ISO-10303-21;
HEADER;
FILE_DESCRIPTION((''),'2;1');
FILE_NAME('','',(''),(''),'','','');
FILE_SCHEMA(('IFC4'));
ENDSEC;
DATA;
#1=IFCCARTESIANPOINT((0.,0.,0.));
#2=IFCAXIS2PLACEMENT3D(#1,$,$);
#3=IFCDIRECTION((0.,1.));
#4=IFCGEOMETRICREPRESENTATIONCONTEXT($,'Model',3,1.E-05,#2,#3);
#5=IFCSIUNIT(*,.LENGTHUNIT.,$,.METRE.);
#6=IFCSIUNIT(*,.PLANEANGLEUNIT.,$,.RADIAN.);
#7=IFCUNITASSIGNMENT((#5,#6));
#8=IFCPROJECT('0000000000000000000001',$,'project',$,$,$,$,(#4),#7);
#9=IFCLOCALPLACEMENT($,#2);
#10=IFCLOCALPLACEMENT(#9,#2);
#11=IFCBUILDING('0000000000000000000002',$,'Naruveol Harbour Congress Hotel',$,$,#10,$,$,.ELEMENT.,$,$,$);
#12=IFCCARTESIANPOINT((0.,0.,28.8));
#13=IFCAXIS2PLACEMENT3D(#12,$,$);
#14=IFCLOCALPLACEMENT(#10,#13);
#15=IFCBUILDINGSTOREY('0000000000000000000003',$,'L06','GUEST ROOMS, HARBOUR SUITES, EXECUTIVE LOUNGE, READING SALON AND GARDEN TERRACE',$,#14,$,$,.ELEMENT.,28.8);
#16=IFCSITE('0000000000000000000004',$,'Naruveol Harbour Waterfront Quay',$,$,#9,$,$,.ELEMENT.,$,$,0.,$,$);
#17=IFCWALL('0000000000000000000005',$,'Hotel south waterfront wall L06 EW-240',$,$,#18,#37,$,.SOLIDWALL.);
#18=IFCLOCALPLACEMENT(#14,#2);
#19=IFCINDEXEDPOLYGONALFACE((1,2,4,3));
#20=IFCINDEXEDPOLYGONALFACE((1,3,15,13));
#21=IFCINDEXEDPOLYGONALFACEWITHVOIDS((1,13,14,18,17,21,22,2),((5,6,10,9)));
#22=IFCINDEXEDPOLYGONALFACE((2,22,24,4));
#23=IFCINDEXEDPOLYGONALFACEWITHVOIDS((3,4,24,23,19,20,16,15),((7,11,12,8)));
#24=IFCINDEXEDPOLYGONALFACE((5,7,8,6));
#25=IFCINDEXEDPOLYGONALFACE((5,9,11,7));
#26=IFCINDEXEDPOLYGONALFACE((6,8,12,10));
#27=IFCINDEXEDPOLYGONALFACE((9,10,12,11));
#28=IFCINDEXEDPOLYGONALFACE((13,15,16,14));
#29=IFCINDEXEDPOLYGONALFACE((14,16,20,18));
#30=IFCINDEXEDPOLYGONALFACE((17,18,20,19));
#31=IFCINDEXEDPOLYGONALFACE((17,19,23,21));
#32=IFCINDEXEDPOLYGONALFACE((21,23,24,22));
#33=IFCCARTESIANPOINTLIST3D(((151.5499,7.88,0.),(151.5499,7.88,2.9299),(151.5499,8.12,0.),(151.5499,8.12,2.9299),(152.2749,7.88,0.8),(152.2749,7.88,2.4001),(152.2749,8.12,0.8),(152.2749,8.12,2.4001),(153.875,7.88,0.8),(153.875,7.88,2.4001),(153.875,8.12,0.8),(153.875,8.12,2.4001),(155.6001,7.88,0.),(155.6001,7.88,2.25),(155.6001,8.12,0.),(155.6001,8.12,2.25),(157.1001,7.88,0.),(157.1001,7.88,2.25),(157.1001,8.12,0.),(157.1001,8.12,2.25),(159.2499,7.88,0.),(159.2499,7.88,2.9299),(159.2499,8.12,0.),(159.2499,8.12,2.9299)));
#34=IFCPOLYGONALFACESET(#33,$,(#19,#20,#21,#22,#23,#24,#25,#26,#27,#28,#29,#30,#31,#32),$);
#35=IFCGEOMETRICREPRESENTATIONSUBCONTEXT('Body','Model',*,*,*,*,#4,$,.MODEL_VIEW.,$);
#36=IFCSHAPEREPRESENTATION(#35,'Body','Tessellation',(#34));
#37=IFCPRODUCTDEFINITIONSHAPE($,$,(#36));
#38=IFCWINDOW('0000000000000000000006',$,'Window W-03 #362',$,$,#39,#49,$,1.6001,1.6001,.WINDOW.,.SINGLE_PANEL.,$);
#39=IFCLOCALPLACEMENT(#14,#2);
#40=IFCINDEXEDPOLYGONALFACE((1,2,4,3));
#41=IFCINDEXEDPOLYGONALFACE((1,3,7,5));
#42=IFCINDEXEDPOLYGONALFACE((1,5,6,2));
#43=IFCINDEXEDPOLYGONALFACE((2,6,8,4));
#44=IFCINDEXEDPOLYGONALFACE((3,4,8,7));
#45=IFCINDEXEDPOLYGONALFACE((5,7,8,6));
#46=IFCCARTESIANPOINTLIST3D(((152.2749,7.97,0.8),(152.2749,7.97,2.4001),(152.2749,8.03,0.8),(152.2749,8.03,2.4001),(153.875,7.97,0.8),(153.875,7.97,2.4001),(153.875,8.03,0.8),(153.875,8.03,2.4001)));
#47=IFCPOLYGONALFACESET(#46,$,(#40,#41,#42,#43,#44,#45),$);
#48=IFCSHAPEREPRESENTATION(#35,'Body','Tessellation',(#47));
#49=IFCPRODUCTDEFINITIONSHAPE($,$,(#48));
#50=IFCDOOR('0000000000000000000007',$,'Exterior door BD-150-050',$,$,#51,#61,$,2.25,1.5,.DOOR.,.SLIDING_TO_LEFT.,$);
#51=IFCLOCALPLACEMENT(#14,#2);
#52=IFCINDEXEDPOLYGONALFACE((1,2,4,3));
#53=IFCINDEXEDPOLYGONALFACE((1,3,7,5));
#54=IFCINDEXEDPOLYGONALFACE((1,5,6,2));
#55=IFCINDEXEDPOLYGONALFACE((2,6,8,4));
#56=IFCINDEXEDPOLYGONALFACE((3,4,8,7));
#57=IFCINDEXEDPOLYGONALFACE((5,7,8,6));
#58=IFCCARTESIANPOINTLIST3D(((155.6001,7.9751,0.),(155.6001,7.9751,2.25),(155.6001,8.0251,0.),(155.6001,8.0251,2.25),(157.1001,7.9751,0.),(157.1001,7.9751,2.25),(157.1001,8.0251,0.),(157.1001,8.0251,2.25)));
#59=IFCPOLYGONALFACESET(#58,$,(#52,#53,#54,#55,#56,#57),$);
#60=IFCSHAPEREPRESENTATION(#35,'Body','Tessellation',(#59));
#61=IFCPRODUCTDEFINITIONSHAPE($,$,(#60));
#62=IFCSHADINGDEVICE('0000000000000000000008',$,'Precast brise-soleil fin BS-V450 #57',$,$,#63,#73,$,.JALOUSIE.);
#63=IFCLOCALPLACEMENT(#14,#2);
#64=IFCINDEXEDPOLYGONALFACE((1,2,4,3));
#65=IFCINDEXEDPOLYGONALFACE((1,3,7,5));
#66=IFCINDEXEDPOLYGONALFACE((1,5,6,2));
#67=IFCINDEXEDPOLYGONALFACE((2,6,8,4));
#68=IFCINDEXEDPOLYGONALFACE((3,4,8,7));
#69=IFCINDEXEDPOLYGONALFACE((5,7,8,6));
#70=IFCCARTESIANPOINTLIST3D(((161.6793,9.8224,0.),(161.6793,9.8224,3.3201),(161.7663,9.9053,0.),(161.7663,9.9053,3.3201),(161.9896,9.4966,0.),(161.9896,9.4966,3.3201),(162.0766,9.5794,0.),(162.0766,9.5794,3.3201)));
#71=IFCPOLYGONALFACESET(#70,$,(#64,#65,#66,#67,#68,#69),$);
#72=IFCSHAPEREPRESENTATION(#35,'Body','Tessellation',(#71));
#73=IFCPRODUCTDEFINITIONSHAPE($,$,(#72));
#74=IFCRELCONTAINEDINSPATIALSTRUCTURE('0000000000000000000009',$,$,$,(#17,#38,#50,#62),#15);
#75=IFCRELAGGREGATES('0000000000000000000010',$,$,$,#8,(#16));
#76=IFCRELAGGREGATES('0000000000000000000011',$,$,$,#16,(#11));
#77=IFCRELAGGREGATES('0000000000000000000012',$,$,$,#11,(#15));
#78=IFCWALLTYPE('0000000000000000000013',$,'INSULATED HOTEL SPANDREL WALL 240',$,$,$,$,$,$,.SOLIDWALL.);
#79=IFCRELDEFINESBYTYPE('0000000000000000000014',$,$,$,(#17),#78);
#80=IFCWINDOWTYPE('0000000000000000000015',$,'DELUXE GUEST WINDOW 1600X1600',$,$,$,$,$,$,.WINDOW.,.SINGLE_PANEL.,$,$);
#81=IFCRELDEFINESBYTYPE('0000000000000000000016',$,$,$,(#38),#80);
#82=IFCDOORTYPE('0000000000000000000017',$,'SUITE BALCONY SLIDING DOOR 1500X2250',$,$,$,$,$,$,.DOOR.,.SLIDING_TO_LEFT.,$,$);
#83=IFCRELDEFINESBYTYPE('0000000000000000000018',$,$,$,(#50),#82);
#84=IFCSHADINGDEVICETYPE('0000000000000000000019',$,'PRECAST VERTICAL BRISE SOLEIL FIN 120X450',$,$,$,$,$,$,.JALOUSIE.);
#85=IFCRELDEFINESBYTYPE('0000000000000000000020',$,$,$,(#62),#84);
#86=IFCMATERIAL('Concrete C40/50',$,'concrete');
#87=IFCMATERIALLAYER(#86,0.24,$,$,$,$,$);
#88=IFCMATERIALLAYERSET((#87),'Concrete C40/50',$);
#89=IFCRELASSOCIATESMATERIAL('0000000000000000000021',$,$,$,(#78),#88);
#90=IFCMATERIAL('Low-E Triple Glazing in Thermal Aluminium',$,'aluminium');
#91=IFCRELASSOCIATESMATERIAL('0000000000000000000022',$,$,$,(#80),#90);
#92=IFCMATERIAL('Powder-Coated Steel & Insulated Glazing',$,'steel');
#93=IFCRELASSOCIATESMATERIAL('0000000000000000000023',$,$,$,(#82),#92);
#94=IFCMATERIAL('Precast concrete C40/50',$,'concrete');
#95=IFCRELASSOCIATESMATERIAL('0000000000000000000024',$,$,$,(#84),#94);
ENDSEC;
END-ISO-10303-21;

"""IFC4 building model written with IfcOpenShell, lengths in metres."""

from ifc_helpers import new_model, si_unit, direction, frame, frame_2d, origin, origin_2d, place, context, subcontext, project, spatial, rectangle, extrude, material, layer, layer_set, type_object, element, fill, save


model = new_model("IFC4")

# Units and contexts
model_context = context("Model", 3, precision=1e-05, world=origin(), true_north=direction((0.0, 1.0)))
body_context = subcontext(model_context, "Body", "Model", "MODEL_VIEW")
ifc_project = project(units=[si_unit("LENGTHUNIT", "METRE"), si_unit("PLANEANGLEUNIT", "RADIAN")], contexts=[model_context])

# Site, building, storey
site_placement = place(None, origin())
site = spatial("IfcSite", under=ifc_project, at=site_placement, Name="Naruveol Harbour Waterfront Quay", CompositionType="ELEMENT", RefElevation=0.0)
building_placement = place(site_placement, origin())
building = spatial("IfcBuilding", under=site, at=building_placement, Name="Naruveol Harbour Congress Hotel", CompositionType="ELEMENT")
storey_placement = place(building_placement, frame((0.0, 0.0, 28.8)))
storey = spatial("IfcBuildingStorey", under=building, at=storey_placement, Name="L06", Description="GUEST ROOMS, HARBOUR SUITES, EXECUTIVE LOUNGE, READING SALON AND GARDEN TERRACE", CompositionType="ELEMENT", Elevation=28.8)

# Wall, openings, window, door
ifc_material_1 = material(Name="Concrete C40/50", Category="concrete")
ifc_layer_1 = layer(ifc_material_1, 0.24)
ifc_layer_set_1 = layer_set([ifc_layer_1], Name="Concrete C40/50")
wall_type_1 = type_object("IfcWallType", Name="INSULATED HOTEL SPANDREL WALL 240", PredefinedType="SOLIDWALL", material=ifc_layer_set_1)
wall_1_placement = place(storey_placement, frame((159.25, 8.0, 0.0), z_axis=(0.0, 0.0, 1.0), x_axis=(-1.0, 0.0, 0.0)))
wall_1 = element("IfcWall", 1, at=wall_1_placement, inside=storey, type_object=wall_type_1, Name="Hotel south waterfront wall L06 EW-240", PredefinedType="SOLIDWALL", context=body_context, shape_type="SweptSolid", body=[
    extrude(rectangle(XDim=7.7, YDim=0.24, at=frame_2d((3.8501, 0.0))), origin(), (0.0, 0.0, 1.0), 2.9299),
])
opening_1_placement = place(wall_1_placement, frame((2.1499, 0.0, 0.0)))
opening_1 = element("IfcOpeningElement", 2, at=opening_1_placement, cuts=wall_1, PredefinedType="OPENING", context=body_context, shape_type="SweptSolid", body=[
    extrude(rectangle(XDim=1.5, YDim=2.25, at=frame_2d((0.75, 1.125))), frame((0.0, 0.1299, 0.0), z_axis=(0.0, -1.0, 0.0), x_axis=(1.0, 0.0, 0.0)), (0.0, 0.0, 1.0), 0.26),
])
opening_2_placement = place(wall_1_placement, frame((5.375, 0.0, 0.8)))
opening_2 = element("IfcOpeningElement", 3, at=opening_2_placement, cuts=wall_1, PredefinedType="OPENING", context=body_context, shape_type="SweptSolid", body=[
    extrude(rectangle(XDim=1.6001, YDim=1.6001, at=frame_2d((0.8, 0.8))), frame((0.0, 0.1299, 0.0), z_axis=(0.0, -1.0, 0.0), x_axis=(1.0, 0.0, 0.0)), (0.0, 0.0, 1.0), 0.26),
])
ifc_material_2 = material(Name="Low-E Triple Glazing in Thermal Aluminium", Category="aluminium")
window_type = type_object("IfcWindowType", Name="DELUXE GUEST WINDOW 1600X1600", PartitioningType="SINGLE_PANEL", PredefinedType="WINDOW", material=ifc_material_2)
window_placement = place(opening_2_placement, origin())
window = element("IfcWindow", 4, at=window_placement, inside=storey, type_object=window_type, Name="Window W-03 #362", OverallHeight=1.6001, OverallWidth=1.6001, PartitioningType="SINGLE_PANEL", PredefinedType="WINDOW", context=body_context, shape_type="SweptSolid", body=[
    extrude(rectangle(XDim=1.6001, YDim=1.6001, at=frame_2d((0.8, 0.8))), frame((0.0, 0.03, 0.0), z_axis=(0.0, -1.0, 0.0), x_axis=(1.0, 0.0, 0.0)), (0.0, 0.0, 1.0), 0.0601),
])
fill(opening_2, window)
ifc_material_3 = material(Name="Powder-Coated Steel & Insulated Glazing", Category="steel")
door_type_1 = type_object("IfcDoorType", Name="SUITE BALCONY SLIDING DOOR 1500X2250", OperationType="SLIDING_TO_LEFT", PredefinedType="DOOR", material=ifc_material_3)
door_1_placement = place(opening_1_placement, origin())
door_1 = element("IfcDoor", 5, at=door_1_placement, inside=storey, type_object=door_type_1, Name="Exterior door BD-150-050", OperationType="SLIDING_TO_LEFT", OverallHeight=2.25, OverallWidth=1.5, PredefinedType="DOOR", context=body_context, shape_type="SweptSolid", body=[
    extrude(rectangle(XDim=1.5, YDim=2.25, at=frame_2d((0.75, 1.125))), frame((0.0, 0.0249, 0.0), z_axis=(0.0, -1.0, 0.0), x_axis=(1.0, 0.0, 0.0)), (0.0, 0.0, 1.0), 0.05),
])
fill(opening_1, door_1)

# Shading device
ifc_material_4 = material(Name="Precast concrete C40/50", Category="concrete")
shading_device_type = type_object("IfcShadingDeviceType", Name="PRECAST VERTICAL BRISE SOLEIL FIN 120X450", PredefinedType="JALOUSIE", material=ifc_material_4)
shading_device_placement = place(storey_placement, frame((161.8779, 9.7009, 0.0), z_axis=(0.0, 0.0, 1.0), x_axis=(-0.724172, -0.68962, 0.0)))
element("IfcShadingDevice", 6, at=shading_device_placement, inside=storey, type_object=shading_device_type, Name="Precast brise-soleil fin BS-V450 #57", PredefinedType="JALOUSIE", context=body_context, shape_type="SweptSolid", body=[
    extrude(rectangle(XDim=0.1201, YDim=0.45, at=origin_2d()), origin(), (0.0, 0.0, 1.0), 3.3201),
])

save(model, "model.ifc")
